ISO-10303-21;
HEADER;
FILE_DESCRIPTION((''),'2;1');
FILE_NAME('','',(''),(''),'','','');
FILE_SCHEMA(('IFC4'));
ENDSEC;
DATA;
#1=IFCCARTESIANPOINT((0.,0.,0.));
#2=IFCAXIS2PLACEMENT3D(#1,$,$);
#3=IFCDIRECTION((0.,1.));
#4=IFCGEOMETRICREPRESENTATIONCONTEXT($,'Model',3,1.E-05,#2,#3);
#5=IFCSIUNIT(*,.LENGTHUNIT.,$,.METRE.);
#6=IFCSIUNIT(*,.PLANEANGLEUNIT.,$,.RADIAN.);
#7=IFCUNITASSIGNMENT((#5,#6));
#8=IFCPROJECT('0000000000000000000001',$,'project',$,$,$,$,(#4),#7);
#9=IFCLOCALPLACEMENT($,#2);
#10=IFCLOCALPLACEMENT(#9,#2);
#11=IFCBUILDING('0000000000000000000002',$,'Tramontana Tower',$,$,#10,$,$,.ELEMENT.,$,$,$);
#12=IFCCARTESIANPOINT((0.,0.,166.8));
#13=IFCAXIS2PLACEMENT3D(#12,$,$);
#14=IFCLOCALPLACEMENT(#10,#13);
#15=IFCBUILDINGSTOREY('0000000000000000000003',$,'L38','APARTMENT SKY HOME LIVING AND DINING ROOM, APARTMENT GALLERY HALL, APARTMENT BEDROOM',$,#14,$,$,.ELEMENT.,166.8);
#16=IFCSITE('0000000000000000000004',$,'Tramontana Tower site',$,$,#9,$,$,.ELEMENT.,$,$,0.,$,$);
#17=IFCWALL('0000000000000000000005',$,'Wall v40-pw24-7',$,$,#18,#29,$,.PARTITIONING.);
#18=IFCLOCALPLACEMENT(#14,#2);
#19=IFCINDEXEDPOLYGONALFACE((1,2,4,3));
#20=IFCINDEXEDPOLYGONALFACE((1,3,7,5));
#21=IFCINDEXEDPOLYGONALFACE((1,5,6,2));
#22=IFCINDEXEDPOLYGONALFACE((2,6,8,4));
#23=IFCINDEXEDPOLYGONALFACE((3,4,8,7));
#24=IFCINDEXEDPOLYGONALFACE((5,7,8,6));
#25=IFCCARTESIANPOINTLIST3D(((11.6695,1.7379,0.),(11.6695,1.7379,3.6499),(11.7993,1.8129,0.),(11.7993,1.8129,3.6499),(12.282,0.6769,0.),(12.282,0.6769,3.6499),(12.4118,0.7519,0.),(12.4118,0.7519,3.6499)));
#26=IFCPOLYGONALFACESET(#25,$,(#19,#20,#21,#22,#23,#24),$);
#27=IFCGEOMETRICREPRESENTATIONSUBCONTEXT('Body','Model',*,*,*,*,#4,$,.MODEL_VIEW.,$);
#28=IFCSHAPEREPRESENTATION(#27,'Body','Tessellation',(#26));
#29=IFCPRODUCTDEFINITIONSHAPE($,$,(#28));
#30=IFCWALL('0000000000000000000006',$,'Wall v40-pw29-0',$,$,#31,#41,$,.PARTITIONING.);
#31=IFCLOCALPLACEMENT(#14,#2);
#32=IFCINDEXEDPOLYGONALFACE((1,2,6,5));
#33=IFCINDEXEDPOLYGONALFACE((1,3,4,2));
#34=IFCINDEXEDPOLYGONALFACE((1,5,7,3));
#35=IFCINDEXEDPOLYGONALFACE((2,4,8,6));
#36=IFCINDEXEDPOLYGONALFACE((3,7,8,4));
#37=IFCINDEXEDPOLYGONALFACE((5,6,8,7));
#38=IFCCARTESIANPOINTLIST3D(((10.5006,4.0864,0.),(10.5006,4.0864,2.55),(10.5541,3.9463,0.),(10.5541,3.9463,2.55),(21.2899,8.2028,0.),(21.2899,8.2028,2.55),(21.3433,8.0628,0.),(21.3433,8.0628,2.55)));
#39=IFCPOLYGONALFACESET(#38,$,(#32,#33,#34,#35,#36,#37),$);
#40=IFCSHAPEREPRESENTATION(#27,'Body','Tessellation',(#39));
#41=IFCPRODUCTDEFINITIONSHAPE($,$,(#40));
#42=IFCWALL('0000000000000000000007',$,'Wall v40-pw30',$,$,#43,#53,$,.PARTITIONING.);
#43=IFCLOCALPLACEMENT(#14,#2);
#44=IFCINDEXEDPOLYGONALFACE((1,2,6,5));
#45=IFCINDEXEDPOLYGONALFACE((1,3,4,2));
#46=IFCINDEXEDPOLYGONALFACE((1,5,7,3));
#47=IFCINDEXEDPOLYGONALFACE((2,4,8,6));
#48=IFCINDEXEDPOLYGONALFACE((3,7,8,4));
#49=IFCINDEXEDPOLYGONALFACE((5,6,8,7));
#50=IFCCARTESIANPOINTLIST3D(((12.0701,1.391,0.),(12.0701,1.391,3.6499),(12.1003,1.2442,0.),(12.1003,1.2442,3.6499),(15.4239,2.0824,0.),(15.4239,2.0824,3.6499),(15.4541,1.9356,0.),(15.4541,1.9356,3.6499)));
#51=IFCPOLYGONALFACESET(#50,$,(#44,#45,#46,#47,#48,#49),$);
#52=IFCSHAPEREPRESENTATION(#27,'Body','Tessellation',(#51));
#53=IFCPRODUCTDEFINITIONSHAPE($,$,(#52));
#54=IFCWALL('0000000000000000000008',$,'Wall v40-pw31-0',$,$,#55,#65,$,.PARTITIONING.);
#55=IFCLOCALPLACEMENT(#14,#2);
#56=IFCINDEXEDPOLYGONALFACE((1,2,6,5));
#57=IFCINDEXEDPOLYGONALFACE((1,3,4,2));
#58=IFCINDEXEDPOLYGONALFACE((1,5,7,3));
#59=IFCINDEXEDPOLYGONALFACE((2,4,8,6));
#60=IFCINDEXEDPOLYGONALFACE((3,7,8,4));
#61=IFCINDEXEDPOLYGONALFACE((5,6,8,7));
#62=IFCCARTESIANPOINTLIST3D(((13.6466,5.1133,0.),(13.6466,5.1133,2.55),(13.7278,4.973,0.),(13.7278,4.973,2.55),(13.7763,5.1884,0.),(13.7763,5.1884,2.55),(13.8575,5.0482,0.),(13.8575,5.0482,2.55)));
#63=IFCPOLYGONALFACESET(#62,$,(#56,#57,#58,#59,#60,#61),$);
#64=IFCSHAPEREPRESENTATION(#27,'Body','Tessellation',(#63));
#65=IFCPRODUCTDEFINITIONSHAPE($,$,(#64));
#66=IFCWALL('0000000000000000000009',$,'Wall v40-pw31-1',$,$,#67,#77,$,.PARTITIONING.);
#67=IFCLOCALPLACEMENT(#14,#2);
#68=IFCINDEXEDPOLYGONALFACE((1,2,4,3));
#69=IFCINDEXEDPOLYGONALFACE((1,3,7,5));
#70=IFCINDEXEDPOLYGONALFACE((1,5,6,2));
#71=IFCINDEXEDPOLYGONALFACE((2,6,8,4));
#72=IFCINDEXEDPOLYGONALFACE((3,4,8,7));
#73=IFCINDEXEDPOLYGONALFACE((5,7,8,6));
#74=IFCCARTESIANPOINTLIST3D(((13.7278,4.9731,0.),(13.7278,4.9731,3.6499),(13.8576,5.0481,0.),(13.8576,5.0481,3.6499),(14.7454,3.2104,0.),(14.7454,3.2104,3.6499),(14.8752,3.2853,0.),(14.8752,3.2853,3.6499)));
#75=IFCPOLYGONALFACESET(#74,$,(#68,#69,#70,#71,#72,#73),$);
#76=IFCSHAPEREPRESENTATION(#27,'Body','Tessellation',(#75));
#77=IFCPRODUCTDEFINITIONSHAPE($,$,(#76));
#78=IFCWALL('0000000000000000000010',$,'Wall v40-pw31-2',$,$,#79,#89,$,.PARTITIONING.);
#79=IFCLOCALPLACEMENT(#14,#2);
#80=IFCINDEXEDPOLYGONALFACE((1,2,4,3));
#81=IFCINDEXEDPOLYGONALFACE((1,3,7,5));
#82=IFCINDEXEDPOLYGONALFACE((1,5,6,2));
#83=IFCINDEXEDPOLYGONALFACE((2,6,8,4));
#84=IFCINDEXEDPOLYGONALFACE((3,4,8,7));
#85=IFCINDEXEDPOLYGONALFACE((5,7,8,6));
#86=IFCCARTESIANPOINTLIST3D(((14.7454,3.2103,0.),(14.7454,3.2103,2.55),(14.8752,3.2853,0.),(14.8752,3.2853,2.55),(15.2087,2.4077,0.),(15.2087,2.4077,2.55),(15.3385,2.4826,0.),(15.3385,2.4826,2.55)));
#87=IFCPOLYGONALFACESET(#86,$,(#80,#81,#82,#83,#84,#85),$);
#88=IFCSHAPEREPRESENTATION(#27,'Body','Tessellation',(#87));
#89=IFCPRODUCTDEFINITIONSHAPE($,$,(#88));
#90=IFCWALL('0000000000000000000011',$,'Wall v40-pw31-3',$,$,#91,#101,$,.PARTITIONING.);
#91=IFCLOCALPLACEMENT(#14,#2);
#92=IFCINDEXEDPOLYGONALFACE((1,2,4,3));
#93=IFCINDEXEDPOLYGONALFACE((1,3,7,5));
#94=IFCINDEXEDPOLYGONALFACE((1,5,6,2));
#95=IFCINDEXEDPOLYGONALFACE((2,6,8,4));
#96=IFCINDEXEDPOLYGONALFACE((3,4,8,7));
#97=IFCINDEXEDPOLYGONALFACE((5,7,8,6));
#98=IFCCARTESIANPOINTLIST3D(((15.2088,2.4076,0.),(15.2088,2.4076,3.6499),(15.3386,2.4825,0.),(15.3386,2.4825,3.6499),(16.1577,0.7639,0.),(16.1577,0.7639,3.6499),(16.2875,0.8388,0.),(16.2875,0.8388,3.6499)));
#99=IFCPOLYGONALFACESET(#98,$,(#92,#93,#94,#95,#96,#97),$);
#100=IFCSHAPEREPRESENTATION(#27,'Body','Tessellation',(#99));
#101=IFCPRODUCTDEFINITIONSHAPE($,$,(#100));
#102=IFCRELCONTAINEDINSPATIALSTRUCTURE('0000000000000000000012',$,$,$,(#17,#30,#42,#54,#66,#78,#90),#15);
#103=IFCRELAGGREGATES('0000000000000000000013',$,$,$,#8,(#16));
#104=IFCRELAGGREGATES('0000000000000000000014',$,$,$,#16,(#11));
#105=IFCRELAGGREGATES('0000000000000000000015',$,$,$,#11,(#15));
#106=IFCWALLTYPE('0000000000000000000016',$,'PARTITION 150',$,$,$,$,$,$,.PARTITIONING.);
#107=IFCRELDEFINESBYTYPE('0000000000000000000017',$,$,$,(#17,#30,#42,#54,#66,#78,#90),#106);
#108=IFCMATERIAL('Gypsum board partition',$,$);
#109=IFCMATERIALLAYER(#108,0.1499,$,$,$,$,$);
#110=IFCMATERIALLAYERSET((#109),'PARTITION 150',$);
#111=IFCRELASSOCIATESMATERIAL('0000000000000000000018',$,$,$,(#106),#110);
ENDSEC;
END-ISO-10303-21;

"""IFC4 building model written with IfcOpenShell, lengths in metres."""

from ifc_helpers import new_model, si_unit, direction, frame, frame_2d, origin, place, context, subcontext, project, spatial, rectangle, extrude, material, layer, layer_set, type_object, element, save


model = new_model("IFC4")

# Units and contexts
model_context = context("Model", 3, precision=1e-05, world=origin(), true_north=direction((0.0, 1.0)))
body_context = subcontext(model_context, "Body", "Model", "MODEL_VIEW")
ifc_project = project(units=[si_unit("LENGTHUNIT", "METRE"), si_unit("PLANEANGLEUNIT", "RADIAN")], contexts=[model_context])

# Site, building, storey
site_placement = place(None, origin())
site = spatial("IfcSite", under=ifc_project, at=site_placement, Name="Tramontana Tower site", CompositionType="ELEMENT", RefElevation=0.0)
building_placement = place(site_placement, origin())
building = spatial("IfcBuilding", under=site, at=building_placement, Name="Tramontana Tower", CompositionType="ELEMENT")
storey_placement = place(building_placement, frame((0.0, 0.0, 166.8)))
storey = spatial("IfcBuildingStorey", under=building, at=storey_placement, Name="L38", Description="APARTMENT SKY HOME LIVING AND DINING ROOM, APARTMENT GALLERY HALL, APARTMENT BEDROOM", CompositionType="ELEMENT", Elevation=166.8)

# Shared definitions
ifc_material_1 = material(Name="Gypsum board partition")
ifc_layer_1 = layer(ifc_material_1, 0.1499)
ifc_layer_set_1 = layer_set([ifc_layer_1], Name="PARTITION 150")
wall_type_1 = type_object("IfcWallType", Name="PARTITION 150", PredefinedType="PARTITIONING", material=ifc_layer_set_1)

# Wall
wall_1_placement = place(storey_placement, frame((11.7344, 1.7754, 0.0), z_axis=(0.0, 0.0, 1.0), x_axis=(0.499975, -0.86604, 0.0)))
element("IfcWall", 1, at=wall_1_placement, inside=storey, type_object=wall_type_1, Name="Wall v40-pw24-7", PredefinedType="PARTITIONING", context=body_context, shape_type="SweptSolid", body=[
    extrude(rectangle(XDim=1.2251, YDim=0.1499, at=frame_2d((0.6125, 0.0))), origin(), (0.0, 0.0, 1.0), 3.6499),
])

# Walls
wall_2_placement = place(storey_placement, frame((10.5273, 4.0164, 0.0), z_axis=(0.0, 0.0, 1.0), x_axis=(0.934308, 0.356467, 0.0)))
element("IfcWall", 2, at=wall_2_placement, inside=storey, type_object=wall_type_1, Name="Wall v40-pw29-0", PredefinedType="PARTITIONING", context=body_context, shape_type="SweptSolid", body=[
    extrude(rectangle(XDim=11.5479, YDim=0.1499, at=frame_2d((5.7739, 0.0))), origin(), (0.0, 0.0, 1.0), 2.55),
])
wall_3_placement = place(storey_placement, frame((12.0852, 1.3176, 0.0), z_axis=(0.0, 0.0, 1.0), x_axis=(0.979404, 0.201912, 0.0)))
element("IfcWall", 3, at=wall_3_placement, inside=storey, type_object=wall_type_1, Name="Wall v40-pw30", PredefinedType="PARTITIONING", context=body_context, shape_type="SweptSolid", body=[
    extrude(rectangle(XDim=3.4243, YDim=0.1499, at=frame_2d((1.7122, 0.0))), origin(), (0.0, 0.0, 1.0), 3.6499),
])
wall_4_placement = place(storey_placement, frame((13.7114, 5.1509, 0.0), z_axis=(0.0, 0.0, 1.0), x_axis=(0.501155, -0.865358, 0.0)))
element("IfcWall", 4, at=wall_4_placement, inside=storey, type_object=wall_type_1, Name="Wall v40-pw31-0", PredefinedType="PARTITIONING", context=body_context, shape_type="SweptSolid", body=[
    extrude(rectangle(XDim=0.1621, YDim=0.1499, at=frame_2d((0.0811, 0.0))), origin(), (0.0, 0.0, 1.0), 2.55),
])
wall_5_placement = place(storey_placement, frame((13.7927, 5.0105, 0.0), z_axis=(0.0, 0.0, 1.0), x_axis=(0.499958, -0.86605, 0.0)))
element("IfcWall", 5, at=wall_5_placement, inside=storey, type_object=wall_type_1, Name="Wall v40-pw31-1", PredefinedType="PARTITIONING", context=body_context, shape_type="SweptSolid", body=[
    extrude(rectangle(XDim=2.0354, YDim=0.1499, at=frame_2d((1.0176, 0.0))), origin(), (0.0, 0.0, 1.0), 3.6499),
])
wall_6_placement = place(storey_placement, frame((14.8103, 3.2478, 0.0), z_axis=(0.0, 0.0, 1.0), x_axis=(0.499935, -0.866063, 0.0)))
element("IfcWall", 6, at=wall_6_placement, inside=storey, type_object=wall_type_1, Name="Wall v40-pw31-2", PredefinedType="PARTITIONING", context=body_context, shape_type="SweptSolid", body=[
    extrude(rectangle(XDim=0.9268, YDim=0.1499, at=frame_2d((0.4634, 0.0))), origin(), (0.0, 0.0, 1.0), 2.55),
])
wall_7_placement = place(storey_placement, frame((15.2737, 2.4451, 0.0), z_axis=(0.0, 0.0, 1.0), x_axis=(0.499971, -0.866042, 0.0)))
element("IfcWall", 7, at=wall_7_placement, inside=storey, type_object=wall_type_1, Name="Wall v40-pw31-3", PredefinedType="PARTITIONING", context=body_context, shape_type="SweptSolid", body=[
    extrude(rectangle(XDim=1.8979, YDim=0.1499, at=frame_2d((0.949, 0.0))), origin(), (0.0, 0.0, 1.0), 3.6499),
])

save(model, "model.ifc")
